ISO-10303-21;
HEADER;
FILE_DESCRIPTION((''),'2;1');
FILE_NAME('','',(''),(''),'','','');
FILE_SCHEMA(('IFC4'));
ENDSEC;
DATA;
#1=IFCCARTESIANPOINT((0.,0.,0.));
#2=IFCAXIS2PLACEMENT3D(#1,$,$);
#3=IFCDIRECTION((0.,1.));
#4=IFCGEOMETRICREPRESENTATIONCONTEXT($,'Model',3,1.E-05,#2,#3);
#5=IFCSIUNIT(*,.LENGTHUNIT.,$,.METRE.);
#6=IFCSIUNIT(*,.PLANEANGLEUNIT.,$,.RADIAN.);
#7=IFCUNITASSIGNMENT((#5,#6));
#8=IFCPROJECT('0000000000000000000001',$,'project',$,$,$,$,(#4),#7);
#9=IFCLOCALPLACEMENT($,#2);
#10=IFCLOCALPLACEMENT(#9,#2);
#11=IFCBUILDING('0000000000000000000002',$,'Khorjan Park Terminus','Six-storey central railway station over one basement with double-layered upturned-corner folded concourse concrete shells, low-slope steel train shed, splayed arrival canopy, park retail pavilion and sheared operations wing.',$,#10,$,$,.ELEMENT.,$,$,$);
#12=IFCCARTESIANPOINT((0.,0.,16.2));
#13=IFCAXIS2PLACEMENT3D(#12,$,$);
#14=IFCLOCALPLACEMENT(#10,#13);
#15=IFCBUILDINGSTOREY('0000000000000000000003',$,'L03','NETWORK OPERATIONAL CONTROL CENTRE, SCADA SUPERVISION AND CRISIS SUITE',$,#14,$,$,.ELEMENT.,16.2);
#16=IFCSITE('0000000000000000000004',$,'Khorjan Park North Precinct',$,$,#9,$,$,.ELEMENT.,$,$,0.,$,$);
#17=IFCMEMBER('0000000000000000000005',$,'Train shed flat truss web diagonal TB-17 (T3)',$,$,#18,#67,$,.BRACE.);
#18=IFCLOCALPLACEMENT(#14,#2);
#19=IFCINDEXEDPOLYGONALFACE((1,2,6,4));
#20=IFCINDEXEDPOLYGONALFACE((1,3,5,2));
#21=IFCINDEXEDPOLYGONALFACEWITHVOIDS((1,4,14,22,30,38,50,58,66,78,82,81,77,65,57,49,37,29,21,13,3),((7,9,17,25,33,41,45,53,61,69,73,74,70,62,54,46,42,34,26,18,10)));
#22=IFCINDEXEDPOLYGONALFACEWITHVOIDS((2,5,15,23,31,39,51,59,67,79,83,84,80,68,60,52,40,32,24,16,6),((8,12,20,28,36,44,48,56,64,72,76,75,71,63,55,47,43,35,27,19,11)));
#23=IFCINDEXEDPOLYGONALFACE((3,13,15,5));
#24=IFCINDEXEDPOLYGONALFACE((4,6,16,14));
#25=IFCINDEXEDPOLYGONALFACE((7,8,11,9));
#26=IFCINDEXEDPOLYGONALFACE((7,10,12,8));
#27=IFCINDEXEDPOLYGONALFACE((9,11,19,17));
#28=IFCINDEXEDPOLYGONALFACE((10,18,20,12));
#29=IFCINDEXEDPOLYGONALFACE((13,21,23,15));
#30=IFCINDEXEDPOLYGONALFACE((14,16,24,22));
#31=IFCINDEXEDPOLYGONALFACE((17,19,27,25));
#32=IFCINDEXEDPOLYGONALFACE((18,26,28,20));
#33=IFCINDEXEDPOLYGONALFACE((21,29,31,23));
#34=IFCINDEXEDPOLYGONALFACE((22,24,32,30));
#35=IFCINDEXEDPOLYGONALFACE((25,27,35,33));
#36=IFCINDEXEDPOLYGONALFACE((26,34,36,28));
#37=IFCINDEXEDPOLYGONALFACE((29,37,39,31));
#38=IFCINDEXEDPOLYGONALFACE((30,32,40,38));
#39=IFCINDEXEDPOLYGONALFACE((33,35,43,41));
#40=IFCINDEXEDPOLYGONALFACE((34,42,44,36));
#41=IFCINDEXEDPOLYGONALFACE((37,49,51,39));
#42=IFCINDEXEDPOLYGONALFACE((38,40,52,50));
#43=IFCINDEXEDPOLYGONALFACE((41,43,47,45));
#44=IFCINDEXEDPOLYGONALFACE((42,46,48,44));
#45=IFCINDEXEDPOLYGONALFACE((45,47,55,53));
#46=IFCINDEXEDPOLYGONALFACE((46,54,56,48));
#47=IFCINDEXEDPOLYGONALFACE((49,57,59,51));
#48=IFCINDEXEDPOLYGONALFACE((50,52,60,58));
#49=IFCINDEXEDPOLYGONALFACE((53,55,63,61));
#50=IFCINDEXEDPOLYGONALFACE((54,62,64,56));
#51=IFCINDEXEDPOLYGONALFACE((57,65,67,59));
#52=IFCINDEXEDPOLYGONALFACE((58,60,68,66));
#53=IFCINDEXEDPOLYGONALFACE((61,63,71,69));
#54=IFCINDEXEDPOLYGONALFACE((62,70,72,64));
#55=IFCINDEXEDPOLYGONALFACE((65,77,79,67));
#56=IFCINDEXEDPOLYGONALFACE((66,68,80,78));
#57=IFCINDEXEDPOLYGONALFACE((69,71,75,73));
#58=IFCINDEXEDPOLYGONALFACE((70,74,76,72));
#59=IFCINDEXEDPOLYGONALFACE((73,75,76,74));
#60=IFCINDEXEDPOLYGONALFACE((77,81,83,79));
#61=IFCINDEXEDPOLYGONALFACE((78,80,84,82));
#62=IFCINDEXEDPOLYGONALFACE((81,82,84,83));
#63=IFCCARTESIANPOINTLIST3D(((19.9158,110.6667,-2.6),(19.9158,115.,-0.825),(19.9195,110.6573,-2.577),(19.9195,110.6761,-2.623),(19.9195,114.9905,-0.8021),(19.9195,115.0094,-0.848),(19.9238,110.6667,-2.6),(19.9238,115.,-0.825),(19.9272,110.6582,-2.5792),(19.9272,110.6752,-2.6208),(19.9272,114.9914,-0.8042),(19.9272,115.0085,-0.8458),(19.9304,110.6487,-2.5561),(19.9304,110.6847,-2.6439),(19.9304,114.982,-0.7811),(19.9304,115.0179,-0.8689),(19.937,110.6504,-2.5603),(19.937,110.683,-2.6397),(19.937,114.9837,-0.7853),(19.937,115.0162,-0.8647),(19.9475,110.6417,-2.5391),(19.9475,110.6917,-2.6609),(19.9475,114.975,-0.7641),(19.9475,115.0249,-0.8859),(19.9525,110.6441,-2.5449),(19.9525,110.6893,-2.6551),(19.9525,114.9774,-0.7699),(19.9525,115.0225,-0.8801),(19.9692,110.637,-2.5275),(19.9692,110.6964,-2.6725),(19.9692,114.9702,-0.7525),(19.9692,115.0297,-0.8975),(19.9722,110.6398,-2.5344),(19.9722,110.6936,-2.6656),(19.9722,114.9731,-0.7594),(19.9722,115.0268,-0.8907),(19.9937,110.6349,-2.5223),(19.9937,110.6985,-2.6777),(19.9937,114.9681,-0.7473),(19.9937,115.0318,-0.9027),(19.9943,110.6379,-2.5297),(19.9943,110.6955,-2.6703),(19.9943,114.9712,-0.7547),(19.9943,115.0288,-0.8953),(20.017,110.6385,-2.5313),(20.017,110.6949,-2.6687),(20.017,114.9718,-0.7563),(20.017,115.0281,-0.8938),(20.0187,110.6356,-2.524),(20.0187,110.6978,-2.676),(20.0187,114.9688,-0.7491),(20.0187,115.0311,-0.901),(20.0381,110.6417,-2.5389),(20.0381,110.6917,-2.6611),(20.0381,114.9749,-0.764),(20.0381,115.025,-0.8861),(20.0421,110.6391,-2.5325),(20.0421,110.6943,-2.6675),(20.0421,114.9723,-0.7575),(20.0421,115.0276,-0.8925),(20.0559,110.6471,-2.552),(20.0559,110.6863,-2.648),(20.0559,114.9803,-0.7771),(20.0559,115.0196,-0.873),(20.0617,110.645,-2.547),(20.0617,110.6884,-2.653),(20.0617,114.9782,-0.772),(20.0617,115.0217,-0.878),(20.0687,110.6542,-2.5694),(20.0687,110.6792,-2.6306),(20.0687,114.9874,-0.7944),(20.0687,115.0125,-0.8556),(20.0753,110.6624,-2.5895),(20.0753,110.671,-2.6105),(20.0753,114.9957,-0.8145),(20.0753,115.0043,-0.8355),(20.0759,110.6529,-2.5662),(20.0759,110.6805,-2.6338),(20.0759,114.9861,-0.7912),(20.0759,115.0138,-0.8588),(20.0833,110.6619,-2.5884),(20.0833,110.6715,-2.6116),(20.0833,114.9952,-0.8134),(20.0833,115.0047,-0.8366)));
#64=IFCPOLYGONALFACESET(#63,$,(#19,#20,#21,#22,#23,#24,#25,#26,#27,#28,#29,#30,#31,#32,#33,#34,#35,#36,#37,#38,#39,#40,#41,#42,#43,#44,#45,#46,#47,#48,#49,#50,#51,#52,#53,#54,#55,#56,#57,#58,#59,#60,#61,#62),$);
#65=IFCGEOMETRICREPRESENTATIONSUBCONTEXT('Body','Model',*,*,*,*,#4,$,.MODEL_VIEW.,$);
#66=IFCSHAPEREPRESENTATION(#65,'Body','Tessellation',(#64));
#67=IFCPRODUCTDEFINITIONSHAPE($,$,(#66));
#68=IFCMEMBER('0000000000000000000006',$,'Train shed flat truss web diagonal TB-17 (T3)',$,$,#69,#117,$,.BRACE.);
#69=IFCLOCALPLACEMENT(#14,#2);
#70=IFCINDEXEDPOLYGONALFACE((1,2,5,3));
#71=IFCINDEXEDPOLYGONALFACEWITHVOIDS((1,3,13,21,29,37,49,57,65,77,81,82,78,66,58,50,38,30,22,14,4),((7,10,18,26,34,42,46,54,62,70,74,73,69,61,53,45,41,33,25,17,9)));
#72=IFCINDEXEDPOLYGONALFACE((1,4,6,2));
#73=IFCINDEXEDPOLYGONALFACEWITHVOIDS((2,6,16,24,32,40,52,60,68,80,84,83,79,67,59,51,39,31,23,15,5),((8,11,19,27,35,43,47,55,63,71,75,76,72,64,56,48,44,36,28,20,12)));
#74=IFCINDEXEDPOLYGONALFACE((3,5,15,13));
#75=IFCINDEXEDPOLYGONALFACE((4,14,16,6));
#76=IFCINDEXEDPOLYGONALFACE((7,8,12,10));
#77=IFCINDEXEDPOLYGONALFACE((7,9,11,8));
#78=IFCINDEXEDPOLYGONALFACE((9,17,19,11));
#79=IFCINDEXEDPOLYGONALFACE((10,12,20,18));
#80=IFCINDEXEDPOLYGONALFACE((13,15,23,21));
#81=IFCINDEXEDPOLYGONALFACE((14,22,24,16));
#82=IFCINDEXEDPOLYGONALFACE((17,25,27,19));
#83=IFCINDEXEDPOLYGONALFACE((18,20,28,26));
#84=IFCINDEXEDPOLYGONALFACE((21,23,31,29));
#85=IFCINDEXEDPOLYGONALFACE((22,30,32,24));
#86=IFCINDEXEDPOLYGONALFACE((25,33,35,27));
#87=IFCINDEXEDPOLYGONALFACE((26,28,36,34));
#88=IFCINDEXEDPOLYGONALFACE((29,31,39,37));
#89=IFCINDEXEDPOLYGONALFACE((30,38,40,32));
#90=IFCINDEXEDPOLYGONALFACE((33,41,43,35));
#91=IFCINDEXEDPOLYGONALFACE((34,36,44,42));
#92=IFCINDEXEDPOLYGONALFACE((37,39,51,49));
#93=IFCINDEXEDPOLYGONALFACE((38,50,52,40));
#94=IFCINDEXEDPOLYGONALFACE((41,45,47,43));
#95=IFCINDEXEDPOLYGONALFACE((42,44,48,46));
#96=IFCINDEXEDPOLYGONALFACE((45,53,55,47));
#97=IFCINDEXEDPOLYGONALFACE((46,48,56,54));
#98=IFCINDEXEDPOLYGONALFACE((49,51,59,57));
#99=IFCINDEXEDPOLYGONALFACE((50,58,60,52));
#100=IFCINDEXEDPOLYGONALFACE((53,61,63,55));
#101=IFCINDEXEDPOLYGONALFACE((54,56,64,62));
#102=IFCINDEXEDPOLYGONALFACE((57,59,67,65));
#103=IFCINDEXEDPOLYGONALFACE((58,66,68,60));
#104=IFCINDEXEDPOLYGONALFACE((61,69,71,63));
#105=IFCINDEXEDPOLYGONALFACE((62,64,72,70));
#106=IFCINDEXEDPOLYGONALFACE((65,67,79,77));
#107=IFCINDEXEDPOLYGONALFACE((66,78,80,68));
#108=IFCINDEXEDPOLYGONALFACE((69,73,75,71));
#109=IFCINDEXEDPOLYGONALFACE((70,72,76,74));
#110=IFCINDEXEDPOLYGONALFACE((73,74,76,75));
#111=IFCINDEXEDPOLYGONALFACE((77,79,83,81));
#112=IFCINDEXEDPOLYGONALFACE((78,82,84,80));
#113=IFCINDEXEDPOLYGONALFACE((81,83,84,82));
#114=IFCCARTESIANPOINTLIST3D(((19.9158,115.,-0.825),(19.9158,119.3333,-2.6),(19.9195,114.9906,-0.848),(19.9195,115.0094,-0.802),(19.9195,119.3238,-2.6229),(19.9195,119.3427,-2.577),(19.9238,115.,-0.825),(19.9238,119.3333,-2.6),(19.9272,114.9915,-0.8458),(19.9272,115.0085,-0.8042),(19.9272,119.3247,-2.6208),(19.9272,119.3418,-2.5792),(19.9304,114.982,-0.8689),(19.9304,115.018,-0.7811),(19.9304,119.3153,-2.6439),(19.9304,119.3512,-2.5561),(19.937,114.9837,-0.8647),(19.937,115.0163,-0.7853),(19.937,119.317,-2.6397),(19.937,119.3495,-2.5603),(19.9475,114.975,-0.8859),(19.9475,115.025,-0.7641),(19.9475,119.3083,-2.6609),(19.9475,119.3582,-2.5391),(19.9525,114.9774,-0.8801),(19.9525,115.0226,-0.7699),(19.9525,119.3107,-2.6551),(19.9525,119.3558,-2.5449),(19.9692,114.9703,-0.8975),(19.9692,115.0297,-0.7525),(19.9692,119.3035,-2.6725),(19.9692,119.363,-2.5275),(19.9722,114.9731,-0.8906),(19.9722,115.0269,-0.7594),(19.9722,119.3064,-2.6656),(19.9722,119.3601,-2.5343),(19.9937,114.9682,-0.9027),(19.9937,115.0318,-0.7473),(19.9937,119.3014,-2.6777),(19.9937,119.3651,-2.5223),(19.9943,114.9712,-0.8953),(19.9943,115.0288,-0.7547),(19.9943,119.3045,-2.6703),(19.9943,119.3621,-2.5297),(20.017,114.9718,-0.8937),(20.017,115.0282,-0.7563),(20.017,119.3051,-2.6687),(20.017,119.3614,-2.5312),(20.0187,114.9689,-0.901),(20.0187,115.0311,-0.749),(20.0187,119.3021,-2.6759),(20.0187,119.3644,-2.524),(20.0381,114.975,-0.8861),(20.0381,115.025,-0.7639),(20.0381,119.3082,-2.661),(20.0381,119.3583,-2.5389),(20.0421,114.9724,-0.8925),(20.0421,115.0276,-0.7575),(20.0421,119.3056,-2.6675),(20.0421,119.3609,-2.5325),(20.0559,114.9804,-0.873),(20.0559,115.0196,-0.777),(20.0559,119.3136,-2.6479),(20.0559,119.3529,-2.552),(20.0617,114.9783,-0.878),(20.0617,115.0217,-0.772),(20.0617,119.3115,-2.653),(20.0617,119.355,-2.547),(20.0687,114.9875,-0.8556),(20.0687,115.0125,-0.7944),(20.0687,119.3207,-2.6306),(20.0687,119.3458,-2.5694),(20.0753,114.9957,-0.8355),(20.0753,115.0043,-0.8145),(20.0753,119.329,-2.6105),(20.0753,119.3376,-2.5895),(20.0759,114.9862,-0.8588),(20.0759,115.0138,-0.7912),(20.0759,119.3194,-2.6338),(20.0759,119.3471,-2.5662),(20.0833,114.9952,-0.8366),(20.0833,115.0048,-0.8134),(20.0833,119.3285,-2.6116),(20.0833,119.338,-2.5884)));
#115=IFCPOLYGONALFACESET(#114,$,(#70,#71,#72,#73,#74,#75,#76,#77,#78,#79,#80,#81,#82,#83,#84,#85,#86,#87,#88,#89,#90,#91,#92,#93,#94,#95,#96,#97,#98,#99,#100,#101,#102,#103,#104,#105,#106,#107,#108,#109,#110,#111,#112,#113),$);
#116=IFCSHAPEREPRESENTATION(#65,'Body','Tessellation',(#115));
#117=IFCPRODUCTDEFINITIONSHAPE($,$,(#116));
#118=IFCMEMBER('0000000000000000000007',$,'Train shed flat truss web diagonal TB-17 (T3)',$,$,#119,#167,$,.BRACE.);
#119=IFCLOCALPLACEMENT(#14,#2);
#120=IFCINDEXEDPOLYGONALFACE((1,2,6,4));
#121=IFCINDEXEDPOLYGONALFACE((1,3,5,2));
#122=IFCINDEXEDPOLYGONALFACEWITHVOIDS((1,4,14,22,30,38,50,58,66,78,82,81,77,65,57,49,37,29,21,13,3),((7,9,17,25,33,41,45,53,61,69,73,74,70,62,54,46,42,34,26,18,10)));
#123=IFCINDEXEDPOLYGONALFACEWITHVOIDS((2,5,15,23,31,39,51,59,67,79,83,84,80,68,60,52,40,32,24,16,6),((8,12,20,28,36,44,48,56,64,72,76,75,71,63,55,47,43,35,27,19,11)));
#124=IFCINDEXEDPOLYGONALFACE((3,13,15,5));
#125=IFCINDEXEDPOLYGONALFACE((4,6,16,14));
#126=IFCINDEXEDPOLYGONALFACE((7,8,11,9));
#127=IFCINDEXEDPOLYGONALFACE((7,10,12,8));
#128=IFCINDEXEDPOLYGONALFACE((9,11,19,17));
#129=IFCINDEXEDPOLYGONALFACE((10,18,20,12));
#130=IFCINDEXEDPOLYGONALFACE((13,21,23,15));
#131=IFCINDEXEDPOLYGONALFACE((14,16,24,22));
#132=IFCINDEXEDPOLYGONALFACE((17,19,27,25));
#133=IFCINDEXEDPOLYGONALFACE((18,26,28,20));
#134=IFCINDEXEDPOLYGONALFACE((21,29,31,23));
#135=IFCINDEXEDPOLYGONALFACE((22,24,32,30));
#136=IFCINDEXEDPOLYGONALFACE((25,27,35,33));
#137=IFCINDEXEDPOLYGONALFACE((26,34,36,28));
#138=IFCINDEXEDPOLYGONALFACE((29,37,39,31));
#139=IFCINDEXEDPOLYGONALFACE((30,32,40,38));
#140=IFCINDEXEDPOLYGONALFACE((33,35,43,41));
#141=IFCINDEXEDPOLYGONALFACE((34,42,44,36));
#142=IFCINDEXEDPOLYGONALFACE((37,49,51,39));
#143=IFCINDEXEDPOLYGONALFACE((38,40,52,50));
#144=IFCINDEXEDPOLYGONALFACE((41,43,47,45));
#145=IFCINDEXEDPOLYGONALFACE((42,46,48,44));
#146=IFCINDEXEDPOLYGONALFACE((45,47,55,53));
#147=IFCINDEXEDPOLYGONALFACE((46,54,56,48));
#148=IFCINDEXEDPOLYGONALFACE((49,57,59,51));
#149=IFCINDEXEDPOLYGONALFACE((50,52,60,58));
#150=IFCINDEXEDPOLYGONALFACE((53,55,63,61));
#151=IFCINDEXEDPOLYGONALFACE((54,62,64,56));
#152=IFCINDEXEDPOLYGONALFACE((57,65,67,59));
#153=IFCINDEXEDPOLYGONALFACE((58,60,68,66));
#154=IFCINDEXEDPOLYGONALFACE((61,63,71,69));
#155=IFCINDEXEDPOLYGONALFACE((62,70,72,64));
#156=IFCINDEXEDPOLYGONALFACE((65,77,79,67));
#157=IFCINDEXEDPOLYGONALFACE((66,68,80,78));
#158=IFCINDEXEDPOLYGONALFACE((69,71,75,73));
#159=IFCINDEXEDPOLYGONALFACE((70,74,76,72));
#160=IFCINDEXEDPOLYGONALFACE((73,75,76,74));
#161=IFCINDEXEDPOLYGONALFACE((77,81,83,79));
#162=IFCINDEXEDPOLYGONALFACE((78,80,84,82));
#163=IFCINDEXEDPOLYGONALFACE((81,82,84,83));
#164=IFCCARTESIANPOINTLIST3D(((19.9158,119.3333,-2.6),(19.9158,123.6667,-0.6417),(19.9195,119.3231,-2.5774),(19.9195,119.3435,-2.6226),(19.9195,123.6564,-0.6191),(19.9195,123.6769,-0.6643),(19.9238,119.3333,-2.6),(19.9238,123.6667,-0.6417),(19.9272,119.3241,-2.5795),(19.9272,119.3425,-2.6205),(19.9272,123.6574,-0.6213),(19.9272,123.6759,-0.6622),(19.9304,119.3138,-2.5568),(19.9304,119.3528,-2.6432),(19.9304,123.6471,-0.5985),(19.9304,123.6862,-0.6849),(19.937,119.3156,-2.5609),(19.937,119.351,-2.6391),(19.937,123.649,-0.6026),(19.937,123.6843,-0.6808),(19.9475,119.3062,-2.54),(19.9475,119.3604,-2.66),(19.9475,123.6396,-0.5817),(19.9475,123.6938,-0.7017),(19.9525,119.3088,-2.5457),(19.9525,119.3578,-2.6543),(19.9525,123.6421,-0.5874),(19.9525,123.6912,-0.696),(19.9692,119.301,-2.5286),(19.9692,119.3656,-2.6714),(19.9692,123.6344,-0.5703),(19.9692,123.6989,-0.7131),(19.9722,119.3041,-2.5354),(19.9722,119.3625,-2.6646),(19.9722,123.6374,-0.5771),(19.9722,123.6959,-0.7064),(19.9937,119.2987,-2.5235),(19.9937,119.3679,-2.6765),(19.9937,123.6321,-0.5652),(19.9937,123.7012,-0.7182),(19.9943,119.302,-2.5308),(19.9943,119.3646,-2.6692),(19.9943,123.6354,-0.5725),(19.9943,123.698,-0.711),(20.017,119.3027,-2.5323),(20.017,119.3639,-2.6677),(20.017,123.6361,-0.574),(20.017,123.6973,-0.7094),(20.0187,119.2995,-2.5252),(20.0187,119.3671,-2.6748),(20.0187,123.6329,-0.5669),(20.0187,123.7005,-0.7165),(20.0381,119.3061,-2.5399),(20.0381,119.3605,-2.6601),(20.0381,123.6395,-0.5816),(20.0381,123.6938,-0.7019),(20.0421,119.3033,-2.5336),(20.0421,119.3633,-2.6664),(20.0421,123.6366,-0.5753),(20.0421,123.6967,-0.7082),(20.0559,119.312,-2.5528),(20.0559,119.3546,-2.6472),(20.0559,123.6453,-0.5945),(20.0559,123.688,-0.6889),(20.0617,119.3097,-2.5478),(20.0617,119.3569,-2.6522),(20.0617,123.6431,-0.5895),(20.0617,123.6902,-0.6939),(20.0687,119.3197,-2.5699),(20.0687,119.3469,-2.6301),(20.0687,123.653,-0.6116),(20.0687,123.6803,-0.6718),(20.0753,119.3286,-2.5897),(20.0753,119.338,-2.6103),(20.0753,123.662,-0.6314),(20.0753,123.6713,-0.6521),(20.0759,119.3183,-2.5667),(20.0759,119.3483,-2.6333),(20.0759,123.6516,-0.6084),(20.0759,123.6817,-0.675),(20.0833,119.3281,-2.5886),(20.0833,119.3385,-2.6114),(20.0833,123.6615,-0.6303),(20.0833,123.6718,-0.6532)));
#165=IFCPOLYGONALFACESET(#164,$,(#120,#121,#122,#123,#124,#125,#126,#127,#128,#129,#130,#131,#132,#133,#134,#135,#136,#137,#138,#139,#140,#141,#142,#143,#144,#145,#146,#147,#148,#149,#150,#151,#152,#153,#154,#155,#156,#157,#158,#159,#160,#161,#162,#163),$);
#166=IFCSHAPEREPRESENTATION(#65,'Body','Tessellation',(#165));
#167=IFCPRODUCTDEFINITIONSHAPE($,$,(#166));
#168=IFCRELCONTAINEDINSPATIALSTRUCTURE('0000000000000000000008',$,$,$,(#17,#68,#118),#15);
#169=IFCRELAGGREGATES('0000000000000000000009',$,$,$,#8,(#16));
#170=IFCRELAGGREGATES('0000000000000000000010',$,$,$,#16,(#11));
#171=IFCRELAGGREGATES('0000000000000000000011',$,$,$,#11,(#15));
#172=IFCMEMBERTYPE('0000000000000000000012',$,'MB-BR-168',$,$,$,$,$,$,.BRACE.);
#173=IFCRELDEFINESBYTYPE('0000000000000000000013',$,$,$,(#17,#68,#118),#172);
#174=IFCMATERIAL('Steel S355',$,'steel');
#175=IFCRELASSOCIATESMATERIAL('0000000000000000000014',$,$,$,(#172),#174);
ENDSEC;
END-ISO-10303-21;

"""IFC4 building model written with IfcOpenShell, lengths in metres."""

from ifc_helpers import new_model, si_unit, direction, frame, origin, origin_2d, place, context, subcontext, project, spatial, hollow_circle, extrude, material, material_profile, profile_set, type_object, element, save


model = new_model("IFC4")

# Units and contexts
model_context = context("Model", 3, precision=1e-05, world=origin(), true_north=direction((0.0, 1.0)))
body_context = subcontext(model_context, "Body", "Model", "MODEL_VIEW")
ifc_project = project(units=[si_unit("LENGTHUNIT", "METRE"), si_unit("PLANEANGLEUNIT", "RADIAN")], contexts=[model_context])

# Site, building, storey
site_placement = place(None, origin())
site = spatial("IfcSite", under=ifc_project, at=site_placement, Name="Khorjan Park North Precinct", CompositionType="ELEMENT", RefElevation=0.0)
building_placement = place(site_placement, origin())
building = spatial("IfcBuilding", under=site, at=building_placement, Name="Khorjan Park Terminus", Description="Six-storey central railway station over one basement with double-layered upturned-corner folded concourse concrete shells, low-slope steel train shed, splayed arrival canopy, park retail pavilion and sheared operations wing.", CompositionType="ELEMENT")
storey_placement = place(building_placement, frame((0.0, 0.0, 16.2)))
storey = spatial("IfcBuildingStorey", under=building, at=storey_placement, Name="L03", Description="NETWORK OPERATIONAL CONTROL CENTRE, SCADA SUPERVISION AND CRISIS SUITE", CompositionType="ELEMENT", Elevation=16.2)

# Members
ifc_material = material(Name="Steel S355", Category="steel")
ifc_material_profile_1 = material_profile(ifc_material, hollow_circle(Radius=0.0842, WallThickness=0.008, at=origin_2d()), Name="CHS 168.3x8")
ifc_profile_set_1 = profile_set([ifc_material_profile_1], Name="Steel S355")
member_type_1 = type_object("IfcMemberType", Name="MB-BR-168", PredefinedType="BRACE", material=ifc_profile_set_1)
for number, where, z_axis, x_axis, name in (
    (1, (20.0, 110.6667, -2.6), (0.0, 0.925376, 0.379051), (-1.0, 0.0, 0.0), "Train shed flat truss web diagonal TB-17 (T3)"),
    (2, (20.0, 115.0, -0.825), (0.0, 0.925376, -0.379051), (-1.0, 0.0, 0.0), "Train shed flat truss web diagonal TB-17 (T3)"),
):
    element("IfcMember", number, at=place(storey_placement, frame(where, z_axis=z_axis, x_axis=x_axis)), inside=storey, type_object=member_type_1, Name=name, PredefinedType="BRACE", context=body_context, shape_type="SweptSolid", body=[
        extrude(hollow_circle(Radius=0.0842, WallThickness=0.008, at=origin_2d()), origin(), (0.0, 0.0, 1.0), 4.6827),
    ])
member_1_placement = place(storey_placement, frame((20.0, 119.3333, -2.6), z_axis=(0.0, 0.91127, 0.41181), x_axis=(-1.0, 0.0, 0.0)))
element("IfcMember", 3, at=member_1_placement, inside=storey, type_object=member_type_1, Name="Train shed flat truss web diagonal TB-17 (T3)", PredefinedType="BRACE", context=body_context, shape_type="SweptSolid", body=[
    extrude(hollow_circle(Radius=0.0842, WallThickness=0.008, at=origin_2d()), origin(), (0.0, 0.0, 1.0), 4.7553),
])

save(model, "model.ifc")
